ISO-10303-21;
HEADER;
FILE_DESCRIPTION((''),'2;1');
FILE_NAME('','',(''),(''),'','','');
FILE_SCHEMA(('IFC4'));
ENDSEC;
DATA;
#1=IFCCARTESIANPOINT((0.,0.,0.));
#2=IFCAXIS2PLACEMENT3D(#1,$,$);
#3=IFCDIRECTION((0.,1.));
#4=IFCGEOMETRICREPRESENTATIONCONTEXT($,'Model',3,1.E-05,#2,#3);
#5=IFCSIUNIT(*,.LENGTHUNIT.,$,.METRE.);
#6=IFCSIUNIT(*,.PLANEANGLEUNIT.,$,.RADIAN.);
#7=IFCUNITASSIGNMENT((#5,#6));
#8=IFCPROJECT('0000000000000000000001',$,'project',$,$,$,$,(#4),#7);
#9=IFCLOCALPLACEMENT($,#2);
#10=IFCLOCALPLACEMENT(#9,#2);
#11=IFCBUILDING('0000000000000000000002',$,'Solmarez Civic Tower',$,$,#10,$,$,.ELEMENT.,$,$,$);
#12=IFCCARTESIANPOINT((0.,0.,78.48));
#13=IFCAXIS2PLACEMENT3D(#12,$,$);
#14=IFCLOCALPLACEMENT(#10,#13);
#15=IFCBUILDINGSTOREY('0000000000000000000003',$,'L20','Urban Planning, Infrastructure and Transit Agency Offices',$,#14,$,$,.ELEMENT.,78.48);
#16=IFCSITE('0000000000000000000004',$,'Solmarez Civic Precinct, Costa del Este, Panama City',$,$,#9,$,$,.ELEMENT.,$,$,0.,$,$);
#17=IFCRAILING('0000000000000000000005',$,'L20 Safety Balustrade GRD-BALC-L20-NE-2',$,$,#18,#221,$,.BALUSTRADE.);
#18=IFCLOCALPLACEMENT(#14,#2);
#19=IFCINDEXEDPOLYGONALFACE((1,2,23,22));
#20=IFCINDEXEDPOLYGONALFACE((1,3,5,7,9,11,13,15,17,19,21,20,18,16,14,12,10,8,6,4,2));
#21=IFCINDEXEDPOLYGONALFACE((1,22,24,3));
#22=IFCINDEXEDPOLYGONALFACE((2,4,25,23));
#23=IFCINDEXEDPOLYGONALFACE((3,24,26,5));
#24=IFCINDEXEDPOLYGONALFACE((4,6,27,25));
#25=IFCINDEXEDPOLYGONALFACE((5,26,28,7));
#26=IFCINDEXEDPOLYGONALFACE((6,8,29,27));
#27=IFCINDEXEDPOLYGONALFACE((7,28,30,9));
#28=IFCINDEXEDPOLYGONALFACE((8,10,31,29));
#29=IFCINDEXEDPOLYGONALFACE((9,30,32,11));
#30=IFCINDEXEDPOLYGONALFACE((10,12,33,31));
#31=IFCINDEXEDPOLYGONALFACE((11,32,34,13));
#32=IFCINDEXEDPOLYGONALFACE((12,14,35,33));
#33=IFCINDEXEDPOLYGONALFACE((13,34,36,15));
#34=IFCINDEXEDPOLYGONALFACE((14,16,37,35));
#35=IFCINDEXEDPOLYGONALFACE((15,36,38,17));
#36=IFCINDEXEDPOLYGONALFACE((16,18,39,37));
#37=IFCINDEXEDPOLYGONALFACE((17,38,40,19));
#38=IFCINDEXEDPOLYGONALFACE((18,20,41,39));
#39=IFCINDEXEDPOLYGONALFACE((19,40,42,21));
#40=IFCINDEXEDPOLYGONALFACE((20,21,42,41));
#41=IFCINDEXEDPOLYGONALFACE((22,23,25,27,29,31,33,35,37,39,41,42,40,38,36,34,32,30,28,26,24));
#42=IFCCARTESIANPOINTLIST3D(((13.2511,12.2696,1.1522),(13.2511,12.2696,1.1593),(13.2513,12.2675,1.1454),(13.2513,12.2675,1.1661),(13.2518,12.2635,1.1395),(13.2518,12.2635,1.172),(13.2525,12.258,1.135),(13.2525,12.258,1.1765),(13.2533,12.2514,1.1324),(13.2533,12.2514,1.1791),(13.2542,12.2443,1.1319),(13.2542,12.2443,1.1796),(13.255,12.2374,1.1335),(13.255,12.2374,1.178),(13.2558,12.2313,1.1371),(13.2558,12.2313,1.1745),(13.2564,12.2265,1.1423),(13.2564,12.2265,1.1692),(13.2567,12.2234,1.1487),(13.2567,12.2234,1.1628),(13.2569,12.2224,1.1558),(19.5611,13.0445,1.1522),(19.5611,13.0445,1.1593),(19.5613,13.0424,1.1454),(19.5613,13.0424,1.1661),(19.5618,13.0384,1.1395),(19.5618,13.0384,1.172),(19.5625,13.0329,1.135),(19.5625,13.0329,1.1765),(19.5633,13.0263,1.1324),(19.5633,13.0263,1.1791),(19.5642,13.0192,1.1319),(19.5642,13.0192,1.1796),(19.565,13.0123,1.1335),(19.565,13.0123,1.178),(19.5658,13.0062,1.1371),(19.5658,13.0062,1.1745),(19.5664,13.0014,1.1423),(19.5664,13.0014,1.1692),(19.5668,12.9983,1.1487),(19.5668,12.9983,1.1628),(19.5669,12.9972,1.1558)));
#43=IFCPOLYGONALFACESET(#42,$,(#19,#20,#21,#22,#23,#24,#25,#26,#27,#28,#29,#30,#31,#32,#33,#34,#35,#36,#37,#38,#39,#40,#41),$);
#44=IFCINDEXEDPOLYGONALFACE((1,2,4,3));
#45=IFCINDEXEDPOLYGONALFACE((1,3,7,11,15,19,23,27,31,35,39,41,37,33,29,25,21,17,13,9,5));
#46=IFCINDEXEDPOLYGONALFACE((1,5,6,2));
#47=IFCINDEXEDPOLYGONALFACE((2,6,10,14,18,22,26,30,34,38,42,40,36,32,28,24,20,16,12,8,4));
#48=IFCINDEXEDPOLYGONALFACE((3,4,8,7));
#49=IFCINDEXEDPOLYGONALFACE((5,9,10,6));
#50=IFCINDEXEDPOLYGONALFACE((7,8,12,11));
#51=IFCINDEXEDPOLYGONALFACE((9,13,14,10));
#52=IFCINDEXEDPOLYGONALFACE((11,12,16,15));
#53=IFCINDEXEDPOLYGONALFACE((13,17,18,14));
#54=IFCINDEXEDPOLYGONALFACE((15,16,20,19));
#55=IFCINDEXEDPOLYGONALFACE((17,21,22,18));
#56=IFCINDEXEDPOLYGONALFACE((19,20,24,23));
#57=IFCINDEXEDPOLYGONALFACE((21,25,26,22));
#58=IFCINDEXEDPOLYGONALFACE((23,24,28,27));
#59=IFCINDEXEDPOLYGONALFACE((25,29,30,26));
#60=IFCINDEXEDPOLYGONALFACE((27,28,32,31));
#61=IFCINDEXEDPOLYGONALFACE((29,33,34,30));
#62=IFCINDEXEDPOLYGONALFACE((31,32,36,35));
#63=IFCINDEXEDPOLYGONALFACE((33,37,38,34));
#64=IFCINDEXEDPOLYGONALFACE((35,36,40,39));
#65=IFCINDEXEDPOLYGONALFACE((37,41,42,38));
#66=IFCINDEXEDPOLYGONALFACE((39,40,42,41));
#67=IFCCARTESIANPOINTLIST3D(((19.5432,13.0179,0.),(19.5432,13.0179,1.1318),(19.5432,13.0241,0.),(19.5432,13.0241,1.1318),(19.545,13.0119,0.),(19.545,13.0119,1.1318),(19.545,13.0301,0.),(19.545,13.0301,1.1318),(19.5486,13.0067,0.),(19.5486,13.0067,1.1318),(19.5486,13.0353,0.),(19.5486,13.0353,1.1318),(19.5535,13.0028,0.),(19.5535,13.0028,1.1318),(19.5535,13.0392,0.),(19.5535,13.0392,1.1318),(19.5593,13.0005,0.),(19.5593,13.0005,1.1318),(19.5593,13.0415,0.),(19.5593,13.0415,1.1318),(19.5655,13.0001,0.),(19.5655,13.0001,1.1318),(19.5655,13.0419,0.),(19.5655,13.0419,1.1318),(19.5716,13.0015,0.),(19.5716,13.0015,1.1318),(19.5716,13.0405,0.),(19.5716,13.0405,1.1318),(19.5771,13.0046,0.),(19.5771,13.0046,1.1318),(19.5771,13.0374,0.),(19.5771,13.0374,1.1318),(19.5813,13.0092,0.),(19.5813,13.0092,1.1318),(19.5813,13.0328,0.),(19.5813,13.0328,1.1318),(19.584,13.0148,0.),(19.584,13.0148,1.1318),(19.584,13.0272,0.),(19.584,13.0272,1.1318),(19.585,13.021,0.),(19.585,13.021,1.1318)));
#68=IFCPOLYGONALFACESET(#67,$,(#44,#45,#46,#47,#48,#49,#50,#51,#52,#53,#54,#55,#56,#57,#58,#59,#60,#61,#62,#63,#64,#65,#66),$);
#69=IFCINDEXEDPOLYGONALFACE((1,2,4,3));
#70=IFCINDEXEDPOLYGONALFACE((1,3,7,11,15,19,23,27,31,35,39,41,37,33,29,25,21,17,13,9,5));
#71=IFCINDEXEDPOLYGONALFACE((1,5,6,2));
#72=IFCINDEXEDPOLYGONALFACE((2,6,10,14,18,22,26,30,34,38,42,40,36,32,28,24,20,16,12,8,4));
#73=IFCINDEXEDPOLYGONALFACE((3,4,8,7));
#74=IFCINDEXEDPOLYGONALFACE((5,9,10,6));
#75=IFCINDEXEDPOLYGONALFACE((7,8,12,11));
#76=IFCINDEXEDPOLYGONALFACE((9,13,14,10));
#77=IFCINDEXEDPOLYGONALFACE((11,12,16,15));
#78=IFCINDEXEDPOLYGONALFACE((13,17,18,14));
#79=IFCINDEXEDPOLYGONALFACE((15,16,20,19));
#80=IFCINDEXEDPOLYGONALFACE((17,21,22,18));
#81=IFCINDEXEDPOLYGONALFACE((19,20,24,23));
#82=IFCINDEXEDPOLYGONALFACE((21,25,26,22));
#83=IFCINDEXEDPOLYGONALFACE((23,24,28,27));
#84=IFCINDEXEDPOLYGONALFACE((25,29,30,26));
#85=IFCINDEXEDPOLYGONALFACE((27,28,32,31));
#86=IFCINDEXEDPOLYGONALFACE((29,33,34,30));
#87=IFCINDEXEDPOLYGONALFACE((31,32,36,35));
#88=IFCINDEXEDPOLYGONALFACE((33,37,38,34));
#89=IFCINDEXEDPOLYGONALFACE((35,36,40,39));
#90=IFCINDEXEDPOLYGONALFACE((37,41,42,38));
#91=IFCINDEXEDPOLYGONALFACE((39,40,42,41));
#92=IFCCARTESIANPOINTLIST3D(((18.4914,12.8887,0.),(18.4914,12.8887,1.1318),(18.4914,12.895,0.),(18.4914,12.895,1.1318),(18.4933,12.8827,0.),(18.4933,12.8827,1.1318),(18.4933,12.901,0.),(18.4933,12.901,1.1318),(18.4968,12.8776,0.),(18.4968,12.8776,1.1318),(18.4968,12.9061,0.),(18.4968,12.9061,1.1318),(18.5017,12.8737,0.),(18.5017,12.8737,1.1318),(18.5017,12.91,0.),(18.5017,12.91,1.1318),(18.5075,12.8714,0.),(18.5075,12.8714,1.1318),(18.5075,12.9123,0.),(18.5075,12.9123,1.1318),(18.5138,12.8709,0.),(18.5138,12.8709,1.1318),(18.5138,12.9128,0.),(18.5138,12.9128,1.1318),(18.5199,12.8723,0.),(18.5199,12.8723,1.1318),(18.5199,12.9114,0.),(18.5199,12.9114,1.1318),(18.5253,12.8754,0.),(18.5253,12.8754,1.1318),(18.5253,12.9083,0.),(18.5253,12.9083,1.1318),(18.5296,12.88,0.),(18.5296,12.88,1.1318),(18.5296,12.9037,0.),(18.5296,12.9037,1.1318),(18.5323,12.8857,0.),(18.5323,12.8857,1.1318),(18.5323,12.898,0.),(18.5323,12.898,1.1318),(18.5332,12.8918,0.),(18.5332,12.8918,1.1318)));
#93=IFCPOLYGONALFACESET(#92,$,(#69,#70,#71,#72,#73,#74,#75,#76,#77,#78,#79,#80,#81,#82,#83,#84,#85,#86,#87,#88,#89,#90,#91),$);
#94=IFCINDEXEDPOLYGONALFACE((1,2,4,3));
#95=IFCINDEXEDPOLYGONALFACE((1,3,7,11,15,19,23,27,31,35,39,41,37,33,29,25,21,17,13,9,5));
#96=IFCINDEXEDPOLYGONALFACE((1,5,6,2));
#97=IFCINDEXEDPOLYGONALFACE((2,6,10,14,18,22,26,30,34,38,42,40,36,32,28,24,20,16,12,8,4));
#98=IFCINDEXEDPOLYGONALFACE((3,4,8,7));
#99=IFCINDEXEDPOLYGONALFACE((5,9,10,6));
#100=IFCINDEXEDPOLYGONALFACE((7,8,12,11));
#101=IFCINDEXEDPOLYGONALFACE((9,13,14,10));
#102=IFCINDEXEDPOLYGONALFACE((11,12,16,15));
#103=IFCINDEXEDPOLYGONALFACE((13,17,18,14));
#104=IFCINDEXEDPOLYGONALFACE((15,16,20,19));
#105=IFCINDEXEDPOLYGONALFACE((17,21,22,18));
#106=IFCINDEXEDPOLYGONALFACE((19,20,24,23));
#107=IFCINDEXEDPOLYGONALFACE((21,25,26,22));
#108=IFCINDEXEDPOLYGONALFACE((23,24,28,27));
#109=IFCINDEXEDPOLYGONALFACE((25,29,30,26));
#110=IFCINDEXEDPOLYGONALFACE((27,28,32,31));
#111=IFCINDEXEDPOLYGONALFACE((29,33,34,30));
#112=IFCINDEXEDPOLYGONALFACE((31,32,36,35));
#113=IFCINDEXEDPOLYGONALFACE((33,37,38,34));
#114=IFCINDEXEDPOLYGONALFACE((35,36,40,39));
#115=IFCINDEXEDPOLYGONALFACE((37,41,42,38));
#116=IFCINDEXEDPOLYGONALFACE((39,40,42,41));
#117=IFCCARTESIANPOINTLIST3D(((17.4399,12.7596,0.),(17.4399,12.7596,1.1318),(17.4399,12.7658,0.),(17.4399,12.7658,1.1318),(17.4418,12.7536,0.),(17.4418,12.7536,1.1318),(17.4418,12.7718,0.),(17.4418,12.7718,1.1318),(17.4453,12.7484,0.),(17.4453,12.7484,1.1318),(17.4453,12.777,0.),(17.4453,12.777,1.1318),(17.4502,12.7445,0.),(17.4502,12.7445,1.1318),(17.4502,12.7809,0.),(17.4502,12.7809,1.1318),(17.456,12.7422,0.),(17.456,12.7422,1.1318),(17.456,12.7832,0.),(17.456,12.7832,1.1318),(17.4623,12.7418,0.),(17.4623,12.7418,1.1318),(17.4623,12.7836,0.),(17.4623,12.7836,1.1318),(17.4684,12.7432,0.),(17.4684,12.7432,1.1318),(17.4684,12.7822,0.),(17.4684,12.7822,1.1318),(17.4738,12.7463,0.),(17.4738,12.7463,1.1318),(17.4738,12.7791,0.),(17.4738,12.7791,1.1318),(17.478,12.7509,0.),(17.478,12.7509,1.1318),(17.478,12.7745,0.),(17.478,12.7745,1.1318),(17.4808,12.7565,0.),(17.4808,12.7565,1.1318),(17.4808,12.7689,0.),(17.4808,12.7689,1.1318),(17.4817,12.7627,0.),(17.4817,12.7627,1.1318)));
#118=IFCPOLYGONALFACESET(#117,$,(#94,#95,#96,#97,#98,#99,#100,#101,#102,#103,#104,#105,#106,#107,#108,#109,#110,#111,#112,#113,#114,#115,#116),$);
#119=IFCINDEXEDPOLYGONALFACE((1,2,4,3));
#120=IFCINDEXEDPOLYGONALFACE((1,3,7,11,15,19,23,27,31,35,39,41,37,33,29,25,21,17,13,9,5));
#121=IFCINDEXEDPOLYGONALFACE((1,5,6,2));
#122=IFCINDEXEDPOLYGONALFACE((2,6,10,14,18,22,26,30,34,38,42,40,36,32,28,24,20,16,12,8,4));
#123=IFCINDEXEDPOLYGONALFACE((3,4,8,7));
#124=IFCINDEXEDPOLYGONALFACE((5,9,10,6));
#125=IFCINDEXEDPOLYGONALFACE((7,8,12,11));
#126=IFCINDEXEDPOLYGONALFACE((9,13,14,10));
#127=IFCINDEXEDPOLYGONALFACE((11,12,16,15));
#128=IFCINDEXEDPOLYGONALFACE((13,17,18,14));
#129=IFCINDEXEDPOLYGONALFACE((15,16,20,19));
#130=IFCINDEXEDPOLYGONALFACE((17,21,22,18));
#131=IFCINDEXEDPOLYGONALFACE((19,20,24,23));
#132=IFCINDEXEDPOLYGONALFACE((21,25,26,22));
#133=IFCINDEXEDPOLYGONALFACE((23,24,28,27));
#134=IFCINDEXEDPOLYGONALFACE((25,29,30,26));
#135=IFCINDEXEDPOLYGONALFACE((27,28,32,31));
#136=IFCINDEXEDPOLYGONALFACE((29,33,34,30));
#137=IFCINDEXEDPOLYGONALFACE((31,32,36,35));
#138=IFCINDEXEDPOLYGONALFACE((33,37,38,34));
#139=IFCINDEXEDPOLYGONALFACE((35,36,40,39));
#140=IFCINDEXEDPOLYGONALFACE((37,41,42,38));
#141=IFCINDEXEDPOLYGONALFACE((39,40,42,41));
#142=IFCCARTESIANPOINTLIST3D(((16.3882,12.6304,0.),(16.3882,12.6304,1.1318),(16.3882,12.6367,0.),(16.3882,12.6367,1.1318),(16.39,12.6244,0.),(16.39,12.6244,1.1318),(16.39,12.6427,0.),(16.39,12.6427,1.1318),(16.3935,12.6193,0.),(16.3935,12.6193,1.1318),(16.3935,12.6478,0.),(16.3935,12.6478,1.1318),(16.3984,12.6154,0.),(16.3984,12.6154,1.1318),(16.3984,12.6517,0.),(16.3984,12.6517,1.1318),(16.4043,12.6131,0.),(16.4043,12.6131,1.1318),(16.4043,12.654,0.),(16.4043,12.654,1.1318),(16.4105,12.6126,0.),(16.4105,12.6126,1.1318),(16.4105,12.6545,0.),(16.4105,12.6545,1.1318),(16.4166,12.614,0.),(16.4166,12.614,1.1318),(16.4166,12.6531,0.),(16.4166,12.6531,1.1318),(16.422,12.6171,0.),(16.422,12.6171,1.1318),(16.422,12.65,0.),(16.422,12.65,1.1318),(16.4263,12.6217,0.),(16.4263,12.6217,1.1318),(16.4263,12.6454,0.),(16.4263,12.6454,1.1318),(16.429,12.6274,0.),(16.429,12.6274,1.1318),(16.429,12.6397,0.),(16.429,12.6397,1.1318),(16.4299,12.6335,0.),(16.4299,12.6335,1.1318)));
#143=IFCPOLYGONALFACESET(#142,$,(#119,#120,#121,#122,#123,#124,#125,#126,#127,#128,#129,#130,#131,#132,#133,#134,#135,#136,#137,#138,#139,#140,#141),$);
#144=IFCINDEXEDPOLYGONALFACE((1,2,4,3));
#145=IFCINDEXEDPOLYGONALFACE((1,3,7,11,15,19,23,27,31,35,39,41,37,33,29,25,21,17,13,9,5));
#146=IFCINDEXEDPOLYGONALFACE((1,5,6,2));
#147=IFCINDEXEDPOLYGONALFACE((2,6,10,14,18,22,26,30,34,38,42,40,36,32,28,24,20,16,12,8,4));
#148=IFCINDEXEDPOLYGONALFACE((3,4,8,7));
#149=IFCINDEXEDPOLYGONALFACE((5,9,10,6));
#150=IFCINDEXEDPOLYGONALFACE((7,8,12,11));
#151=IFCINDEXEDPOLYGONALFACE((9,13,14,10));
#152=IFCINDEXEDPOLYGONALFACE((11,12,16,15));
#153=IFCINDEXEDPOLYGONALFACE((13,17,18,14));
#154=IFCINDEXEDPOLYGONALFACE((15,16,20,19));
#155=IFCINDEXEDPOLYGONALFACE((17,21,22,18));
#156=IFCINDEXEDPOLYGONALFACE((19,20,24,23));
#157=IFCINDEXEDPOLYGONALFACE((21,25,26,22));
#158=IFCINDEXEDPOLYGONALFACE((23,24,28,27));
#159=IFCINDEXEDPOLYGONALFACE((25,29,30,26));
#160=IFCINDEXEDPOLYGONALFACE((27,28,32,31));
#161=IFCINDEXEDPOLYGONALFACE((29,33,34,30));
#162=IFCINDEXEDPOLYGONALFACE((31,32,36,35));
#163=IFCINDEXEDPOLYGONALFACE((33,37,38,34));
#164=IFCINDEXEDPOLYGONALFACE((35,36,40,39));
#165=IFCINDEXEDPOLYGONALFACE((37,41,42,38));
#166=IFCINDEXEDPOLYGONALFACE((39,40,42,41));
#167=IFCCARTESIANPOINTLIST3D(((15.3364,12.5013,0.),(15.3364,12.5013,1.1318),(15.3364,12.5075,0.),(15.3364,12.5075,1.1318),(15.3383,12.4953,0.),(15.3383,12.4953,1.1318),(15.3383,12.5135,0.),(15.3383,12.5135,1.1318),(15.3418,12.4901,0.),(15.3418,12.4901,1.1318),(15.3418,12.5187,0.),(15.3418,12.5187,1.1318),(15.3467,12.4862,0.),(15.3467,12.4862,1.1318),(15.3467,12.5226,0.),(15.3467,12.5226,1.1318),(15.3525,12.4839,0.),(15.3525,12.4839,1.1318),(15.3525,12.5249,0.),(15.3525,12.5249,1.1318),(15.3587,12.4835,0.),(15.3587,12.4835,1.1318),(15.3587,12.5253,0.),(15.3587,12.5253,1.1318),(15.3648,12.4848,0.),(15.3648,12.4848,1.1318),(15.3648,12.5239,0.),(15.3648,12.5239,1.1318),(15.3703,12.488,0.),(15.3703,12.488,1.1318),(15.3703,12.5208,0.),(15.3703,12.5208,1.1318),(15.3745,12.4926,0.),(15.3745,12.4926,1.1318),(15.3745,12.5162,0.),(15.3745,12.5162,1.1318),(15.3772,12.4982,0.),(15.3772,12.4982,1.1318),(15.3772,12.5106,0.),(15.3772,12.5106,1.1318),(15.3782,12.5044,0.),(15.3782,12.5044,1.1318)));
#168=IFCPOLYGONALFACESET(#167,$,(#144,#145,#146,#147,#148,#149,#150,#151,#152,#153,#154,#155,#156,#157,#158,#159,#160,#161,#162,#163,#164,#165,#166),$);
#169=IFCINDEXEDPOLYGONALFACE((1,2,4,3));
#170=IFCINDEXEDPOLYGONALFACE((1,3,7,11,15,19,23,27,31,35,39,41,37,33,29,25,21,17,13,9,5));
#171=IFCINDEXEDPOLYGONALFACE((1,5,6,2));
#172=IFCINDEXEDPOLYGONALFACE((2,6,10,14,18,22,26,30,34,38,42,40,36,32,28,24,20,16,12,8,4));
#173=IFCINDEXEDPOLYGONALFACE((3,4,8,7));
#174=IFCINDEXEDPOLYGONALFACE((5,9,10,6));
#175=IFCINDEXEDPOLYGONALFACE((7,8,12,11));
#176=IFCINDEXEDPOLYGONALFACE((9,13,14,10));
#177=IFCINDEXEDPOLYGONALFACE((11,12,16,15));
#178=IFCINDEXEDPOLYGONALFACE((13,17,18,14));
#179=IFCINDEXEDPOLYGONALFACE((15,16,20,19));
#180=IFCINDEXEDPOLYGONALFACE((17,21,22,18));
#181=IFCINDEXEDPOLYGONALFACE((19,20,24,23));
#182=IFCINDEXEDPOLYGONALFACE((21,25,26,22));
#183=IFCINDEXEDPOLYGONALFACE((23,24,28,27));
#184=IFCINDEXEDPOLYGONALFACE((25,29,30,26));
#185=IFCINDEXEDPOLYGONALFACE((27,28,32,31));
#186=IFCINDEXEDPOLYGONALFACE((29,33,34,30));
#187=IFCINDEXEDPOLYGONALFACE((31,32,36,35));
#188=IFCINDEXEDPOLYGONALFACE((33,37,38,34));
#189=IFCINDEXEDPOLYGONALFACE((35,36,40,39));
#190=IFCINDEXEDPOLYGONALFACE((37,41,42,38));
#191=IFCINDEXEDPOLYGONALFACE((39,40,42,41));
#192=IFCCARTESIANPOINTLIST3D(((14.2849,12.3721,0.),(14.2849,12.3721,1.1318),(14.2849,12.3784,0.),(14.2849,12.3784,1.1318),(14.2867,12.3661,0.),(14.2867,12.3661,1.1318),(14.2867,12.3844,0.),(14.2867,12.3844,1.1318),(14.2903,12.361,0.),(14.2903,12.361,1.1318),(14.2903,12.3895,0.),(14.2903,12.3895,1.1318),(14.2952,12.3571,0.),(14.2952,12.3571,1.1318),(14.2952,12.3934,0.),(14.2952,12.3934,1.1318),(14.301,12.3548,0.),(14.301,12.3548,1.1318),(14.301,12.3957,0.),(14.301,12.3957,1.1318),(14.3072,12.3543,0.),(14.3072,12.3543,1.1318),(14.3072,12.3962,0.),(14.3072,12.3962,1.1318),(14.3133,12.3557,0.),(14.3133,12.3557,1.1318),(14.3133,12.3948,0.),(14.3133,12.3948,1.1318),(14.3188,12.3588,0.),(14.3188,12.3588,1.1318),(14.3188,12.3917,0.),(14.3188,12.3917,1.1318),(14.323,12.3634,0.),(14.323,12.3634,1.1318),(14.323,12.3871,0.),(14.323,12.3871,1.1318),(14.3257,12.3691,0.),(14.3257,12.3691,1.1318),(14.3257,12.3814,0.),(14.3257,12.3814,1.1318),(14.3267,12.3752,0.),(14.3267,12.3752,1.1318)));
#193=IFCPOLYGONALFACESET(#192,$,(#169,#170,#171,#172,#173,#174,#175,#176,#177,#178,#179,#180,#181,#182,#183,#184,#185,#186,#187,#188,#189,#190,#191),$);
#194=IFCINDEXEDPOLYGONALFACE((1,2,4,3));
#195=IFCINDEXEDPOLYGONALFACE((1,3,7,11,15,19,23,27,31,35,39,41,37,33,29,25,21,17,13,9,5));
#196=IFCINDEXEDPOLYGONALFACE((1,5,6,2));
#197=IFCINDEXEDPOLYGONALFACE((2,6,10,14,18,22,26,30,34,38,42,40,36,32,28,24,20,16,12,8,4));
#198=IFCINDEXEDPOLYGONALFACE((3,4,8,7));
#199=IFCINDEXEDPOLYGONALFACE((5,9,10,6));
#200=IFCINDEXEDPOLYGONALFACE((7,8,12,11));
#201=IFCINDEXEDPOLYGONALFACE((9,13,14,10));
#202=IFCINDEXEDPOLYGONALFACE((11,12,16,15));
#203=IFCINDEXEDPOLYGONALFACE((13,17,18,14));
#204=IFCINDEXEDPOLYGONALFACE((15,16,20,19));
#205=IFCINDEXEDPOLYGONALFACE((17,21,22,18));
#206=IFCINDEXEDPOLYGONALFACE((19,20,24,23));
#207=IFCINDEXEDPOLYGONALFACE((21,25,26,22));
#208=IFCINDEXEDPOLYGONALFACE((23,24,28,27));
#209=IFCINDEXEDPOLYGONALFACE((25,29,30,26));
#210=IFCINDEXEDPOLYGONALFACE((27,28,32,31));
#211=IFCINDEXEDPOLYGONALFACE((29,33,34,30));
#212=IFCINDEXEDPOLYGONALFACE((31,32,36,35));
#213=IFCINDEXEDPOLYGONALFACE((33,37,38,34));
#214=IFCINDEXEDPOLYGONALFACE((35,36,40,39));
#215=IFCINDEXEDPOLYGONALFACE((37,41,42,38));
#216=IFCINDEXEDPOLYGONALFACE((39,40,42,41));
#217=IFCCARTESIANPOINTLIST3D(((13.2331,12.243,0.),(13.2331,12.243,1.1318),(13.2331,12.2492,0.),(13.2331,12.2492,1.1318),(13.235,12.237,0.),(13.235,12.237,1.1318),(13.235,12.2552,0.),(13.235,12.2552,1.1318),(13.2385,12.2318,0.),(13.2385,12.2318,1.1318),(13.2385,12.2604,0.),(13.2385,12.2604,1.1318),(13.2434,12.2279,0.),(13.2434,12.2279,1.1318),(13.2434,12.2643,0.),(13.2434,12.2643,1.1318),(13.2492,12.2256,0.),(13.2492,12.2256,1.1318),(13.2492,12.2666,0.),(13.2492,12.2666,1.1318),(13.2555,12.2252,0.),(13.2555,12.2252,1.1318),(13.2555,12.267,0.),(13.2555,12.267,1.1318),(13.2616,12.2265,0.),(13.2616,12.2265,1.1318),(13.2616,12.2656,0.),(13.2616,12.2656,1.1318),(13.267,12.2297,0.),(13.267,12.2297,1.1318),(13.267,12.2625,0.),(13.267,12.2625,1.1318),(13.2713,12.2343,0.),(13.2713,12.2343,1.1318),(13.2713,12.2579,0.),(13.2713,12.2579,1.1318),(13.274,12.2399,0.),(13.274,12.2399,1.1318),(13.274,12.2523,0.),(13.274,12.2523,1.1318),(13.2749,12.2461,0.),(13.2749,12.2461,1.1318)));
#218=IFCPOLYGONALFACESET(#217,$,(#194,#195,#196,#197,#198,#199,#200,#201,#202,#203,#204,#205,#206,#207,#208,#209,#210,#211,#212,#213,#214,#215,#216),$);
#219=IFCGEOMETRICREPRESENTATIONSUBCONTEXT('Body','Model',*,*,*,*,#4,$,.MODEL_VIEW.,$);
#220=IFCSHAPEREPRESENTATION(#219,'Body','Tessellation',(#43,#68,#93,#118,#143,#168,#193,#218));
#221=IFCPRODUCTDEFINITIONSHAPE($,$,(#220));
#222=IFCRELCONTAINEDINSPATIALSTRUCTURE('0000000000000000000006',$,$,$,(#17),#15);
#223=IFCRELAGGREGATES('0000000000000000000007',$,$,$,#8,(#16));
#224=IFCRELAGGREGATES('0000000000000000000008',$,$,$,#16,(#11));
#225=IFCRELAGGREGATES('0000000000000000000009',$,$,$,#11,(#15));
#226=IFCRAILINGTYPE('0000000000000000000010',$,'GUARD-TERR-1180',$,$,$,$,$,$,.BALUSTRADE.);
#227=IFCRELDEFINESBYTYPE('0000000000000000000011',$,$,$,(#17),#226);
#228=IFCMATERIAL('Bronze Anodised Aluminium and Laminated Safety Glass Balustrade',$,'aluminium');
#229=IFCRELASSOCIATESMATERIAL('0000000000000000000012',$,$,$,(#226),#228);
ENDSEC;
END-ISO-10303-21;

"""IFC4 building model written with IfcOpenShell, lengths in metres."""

from ifc_helpers import new_model, si_unit, direction, frame, origin, origin_2d, place, context, subcontext, project, spatial, circle, extrude, material, type_object, element, save


model = new_model("IFC4")

# Units and contexts
model_context = context("Model", 3, precision=1e-05, world=origin(), true_north=direction((0.0, 1.0)))
body_context = subcontext(model_context, "Body", "Model", "MODEL_VIEW")
ifc_project = project(units=[si_unit("LENGTHUNIT", "METRE"), si_unit("PLANEANGLEUNIT", "RADIAN")], contexts=[model_context])

# Site, building, storey
site_placement = place(None, origin())
site = spatial("IfcSite", under=ifc_project, at=site_placement, Name="Solmarez Civic Precinct, Costa del Este, Panama City", CompositionType="ELEMENT", RefElevation=0.0)
building_placement = place(site_placement, origin())
building = spatial("IfcBuilding", under=site, at=building_placement, Name="Solmarez Civic Tower", CompositionType="ELEMENT")
storey_placement = place(building_placement, frame((0.0, 0.0, 78.48)))
storey = spatial("IfcBuildingStorey", under=building, at=storey_placement, Name="L20", Description="Urban Planning, Infrastructure and Transit Agency Offices", CompositionType="ELEMENT", Elevation=78.48)

# Railing
ifc_material_1 = material(Name="Bronze Anodised Aluminium and Laminated Safety Glass Balustrade", Category="aluminium")
railing_type = type_object("IfcRailingType", Name="GUARD-TERR-1180", PredefinedType="BALUSTRADE", material=ifc_material_1)
railing_1_placement = place(storey_placement, frame((19.564, 13.021, 0.0)))
element("IfcRailing", 1, at=railing_1_placement, inside=storey, type_object=railing_type, Name="L20 Safety Balustrade GRD-BALC-L20-NE-2", PredefinedType="BALUSTRADE", context=body_context, shape_type="SweptSolid", body=[
    extrude(circle(Radius=0.0239, at=origin_2d()), frame((0.0, 0.0, 1.1558), z_axis=(-0.992544, -0.121889, 0.0), x_axis=(0.121889, -0.992544, 0.0)), (0.0, 0.0, 1.0), 6.3574),
    extrude(circle(Radius=0.021, at=origin_2d()), origin(), (0.0, 0.0, 1.0), 1.1318),
    extrude(circle(Radius=0.021, at=origin_2d()), frame((-1.0518, -0.1292, 0.0)), (0.0, 0.0, 1.0), 1.1318),
    extrude(circle(Radius=0.021, at=origin_2d()), frame((-2.1033, -0.2583, 0.0)), (0.0, 0.0, 1.0), 1.1318),
    extrude(circle(Radius=0.021, at=origin_2d()), frame((-3.155, -0.3875, 0.0)), (0.0, 0.0, 1.0), 1.1318),
    extrude(circle(Radius=0.021, at=origin_2d()), frame((-4.2068, -0.5166, 0.0)), (0.0, 0.0, 1.0), 1.1318),
    extrude(circle(Radius=0.021, at=origin_2d()), frame((-5.2583, -0.6458, 0.0)), (0.0, 0.0, 1.0), 1.1318),
    extrude(circle(Radius=0.021, at=origin_2d()), frame((-6.3101, -0.7749, 0.0)), (0.0, 0.0, 1.0), 1.1318),
])

save(model, "model.ifc")
